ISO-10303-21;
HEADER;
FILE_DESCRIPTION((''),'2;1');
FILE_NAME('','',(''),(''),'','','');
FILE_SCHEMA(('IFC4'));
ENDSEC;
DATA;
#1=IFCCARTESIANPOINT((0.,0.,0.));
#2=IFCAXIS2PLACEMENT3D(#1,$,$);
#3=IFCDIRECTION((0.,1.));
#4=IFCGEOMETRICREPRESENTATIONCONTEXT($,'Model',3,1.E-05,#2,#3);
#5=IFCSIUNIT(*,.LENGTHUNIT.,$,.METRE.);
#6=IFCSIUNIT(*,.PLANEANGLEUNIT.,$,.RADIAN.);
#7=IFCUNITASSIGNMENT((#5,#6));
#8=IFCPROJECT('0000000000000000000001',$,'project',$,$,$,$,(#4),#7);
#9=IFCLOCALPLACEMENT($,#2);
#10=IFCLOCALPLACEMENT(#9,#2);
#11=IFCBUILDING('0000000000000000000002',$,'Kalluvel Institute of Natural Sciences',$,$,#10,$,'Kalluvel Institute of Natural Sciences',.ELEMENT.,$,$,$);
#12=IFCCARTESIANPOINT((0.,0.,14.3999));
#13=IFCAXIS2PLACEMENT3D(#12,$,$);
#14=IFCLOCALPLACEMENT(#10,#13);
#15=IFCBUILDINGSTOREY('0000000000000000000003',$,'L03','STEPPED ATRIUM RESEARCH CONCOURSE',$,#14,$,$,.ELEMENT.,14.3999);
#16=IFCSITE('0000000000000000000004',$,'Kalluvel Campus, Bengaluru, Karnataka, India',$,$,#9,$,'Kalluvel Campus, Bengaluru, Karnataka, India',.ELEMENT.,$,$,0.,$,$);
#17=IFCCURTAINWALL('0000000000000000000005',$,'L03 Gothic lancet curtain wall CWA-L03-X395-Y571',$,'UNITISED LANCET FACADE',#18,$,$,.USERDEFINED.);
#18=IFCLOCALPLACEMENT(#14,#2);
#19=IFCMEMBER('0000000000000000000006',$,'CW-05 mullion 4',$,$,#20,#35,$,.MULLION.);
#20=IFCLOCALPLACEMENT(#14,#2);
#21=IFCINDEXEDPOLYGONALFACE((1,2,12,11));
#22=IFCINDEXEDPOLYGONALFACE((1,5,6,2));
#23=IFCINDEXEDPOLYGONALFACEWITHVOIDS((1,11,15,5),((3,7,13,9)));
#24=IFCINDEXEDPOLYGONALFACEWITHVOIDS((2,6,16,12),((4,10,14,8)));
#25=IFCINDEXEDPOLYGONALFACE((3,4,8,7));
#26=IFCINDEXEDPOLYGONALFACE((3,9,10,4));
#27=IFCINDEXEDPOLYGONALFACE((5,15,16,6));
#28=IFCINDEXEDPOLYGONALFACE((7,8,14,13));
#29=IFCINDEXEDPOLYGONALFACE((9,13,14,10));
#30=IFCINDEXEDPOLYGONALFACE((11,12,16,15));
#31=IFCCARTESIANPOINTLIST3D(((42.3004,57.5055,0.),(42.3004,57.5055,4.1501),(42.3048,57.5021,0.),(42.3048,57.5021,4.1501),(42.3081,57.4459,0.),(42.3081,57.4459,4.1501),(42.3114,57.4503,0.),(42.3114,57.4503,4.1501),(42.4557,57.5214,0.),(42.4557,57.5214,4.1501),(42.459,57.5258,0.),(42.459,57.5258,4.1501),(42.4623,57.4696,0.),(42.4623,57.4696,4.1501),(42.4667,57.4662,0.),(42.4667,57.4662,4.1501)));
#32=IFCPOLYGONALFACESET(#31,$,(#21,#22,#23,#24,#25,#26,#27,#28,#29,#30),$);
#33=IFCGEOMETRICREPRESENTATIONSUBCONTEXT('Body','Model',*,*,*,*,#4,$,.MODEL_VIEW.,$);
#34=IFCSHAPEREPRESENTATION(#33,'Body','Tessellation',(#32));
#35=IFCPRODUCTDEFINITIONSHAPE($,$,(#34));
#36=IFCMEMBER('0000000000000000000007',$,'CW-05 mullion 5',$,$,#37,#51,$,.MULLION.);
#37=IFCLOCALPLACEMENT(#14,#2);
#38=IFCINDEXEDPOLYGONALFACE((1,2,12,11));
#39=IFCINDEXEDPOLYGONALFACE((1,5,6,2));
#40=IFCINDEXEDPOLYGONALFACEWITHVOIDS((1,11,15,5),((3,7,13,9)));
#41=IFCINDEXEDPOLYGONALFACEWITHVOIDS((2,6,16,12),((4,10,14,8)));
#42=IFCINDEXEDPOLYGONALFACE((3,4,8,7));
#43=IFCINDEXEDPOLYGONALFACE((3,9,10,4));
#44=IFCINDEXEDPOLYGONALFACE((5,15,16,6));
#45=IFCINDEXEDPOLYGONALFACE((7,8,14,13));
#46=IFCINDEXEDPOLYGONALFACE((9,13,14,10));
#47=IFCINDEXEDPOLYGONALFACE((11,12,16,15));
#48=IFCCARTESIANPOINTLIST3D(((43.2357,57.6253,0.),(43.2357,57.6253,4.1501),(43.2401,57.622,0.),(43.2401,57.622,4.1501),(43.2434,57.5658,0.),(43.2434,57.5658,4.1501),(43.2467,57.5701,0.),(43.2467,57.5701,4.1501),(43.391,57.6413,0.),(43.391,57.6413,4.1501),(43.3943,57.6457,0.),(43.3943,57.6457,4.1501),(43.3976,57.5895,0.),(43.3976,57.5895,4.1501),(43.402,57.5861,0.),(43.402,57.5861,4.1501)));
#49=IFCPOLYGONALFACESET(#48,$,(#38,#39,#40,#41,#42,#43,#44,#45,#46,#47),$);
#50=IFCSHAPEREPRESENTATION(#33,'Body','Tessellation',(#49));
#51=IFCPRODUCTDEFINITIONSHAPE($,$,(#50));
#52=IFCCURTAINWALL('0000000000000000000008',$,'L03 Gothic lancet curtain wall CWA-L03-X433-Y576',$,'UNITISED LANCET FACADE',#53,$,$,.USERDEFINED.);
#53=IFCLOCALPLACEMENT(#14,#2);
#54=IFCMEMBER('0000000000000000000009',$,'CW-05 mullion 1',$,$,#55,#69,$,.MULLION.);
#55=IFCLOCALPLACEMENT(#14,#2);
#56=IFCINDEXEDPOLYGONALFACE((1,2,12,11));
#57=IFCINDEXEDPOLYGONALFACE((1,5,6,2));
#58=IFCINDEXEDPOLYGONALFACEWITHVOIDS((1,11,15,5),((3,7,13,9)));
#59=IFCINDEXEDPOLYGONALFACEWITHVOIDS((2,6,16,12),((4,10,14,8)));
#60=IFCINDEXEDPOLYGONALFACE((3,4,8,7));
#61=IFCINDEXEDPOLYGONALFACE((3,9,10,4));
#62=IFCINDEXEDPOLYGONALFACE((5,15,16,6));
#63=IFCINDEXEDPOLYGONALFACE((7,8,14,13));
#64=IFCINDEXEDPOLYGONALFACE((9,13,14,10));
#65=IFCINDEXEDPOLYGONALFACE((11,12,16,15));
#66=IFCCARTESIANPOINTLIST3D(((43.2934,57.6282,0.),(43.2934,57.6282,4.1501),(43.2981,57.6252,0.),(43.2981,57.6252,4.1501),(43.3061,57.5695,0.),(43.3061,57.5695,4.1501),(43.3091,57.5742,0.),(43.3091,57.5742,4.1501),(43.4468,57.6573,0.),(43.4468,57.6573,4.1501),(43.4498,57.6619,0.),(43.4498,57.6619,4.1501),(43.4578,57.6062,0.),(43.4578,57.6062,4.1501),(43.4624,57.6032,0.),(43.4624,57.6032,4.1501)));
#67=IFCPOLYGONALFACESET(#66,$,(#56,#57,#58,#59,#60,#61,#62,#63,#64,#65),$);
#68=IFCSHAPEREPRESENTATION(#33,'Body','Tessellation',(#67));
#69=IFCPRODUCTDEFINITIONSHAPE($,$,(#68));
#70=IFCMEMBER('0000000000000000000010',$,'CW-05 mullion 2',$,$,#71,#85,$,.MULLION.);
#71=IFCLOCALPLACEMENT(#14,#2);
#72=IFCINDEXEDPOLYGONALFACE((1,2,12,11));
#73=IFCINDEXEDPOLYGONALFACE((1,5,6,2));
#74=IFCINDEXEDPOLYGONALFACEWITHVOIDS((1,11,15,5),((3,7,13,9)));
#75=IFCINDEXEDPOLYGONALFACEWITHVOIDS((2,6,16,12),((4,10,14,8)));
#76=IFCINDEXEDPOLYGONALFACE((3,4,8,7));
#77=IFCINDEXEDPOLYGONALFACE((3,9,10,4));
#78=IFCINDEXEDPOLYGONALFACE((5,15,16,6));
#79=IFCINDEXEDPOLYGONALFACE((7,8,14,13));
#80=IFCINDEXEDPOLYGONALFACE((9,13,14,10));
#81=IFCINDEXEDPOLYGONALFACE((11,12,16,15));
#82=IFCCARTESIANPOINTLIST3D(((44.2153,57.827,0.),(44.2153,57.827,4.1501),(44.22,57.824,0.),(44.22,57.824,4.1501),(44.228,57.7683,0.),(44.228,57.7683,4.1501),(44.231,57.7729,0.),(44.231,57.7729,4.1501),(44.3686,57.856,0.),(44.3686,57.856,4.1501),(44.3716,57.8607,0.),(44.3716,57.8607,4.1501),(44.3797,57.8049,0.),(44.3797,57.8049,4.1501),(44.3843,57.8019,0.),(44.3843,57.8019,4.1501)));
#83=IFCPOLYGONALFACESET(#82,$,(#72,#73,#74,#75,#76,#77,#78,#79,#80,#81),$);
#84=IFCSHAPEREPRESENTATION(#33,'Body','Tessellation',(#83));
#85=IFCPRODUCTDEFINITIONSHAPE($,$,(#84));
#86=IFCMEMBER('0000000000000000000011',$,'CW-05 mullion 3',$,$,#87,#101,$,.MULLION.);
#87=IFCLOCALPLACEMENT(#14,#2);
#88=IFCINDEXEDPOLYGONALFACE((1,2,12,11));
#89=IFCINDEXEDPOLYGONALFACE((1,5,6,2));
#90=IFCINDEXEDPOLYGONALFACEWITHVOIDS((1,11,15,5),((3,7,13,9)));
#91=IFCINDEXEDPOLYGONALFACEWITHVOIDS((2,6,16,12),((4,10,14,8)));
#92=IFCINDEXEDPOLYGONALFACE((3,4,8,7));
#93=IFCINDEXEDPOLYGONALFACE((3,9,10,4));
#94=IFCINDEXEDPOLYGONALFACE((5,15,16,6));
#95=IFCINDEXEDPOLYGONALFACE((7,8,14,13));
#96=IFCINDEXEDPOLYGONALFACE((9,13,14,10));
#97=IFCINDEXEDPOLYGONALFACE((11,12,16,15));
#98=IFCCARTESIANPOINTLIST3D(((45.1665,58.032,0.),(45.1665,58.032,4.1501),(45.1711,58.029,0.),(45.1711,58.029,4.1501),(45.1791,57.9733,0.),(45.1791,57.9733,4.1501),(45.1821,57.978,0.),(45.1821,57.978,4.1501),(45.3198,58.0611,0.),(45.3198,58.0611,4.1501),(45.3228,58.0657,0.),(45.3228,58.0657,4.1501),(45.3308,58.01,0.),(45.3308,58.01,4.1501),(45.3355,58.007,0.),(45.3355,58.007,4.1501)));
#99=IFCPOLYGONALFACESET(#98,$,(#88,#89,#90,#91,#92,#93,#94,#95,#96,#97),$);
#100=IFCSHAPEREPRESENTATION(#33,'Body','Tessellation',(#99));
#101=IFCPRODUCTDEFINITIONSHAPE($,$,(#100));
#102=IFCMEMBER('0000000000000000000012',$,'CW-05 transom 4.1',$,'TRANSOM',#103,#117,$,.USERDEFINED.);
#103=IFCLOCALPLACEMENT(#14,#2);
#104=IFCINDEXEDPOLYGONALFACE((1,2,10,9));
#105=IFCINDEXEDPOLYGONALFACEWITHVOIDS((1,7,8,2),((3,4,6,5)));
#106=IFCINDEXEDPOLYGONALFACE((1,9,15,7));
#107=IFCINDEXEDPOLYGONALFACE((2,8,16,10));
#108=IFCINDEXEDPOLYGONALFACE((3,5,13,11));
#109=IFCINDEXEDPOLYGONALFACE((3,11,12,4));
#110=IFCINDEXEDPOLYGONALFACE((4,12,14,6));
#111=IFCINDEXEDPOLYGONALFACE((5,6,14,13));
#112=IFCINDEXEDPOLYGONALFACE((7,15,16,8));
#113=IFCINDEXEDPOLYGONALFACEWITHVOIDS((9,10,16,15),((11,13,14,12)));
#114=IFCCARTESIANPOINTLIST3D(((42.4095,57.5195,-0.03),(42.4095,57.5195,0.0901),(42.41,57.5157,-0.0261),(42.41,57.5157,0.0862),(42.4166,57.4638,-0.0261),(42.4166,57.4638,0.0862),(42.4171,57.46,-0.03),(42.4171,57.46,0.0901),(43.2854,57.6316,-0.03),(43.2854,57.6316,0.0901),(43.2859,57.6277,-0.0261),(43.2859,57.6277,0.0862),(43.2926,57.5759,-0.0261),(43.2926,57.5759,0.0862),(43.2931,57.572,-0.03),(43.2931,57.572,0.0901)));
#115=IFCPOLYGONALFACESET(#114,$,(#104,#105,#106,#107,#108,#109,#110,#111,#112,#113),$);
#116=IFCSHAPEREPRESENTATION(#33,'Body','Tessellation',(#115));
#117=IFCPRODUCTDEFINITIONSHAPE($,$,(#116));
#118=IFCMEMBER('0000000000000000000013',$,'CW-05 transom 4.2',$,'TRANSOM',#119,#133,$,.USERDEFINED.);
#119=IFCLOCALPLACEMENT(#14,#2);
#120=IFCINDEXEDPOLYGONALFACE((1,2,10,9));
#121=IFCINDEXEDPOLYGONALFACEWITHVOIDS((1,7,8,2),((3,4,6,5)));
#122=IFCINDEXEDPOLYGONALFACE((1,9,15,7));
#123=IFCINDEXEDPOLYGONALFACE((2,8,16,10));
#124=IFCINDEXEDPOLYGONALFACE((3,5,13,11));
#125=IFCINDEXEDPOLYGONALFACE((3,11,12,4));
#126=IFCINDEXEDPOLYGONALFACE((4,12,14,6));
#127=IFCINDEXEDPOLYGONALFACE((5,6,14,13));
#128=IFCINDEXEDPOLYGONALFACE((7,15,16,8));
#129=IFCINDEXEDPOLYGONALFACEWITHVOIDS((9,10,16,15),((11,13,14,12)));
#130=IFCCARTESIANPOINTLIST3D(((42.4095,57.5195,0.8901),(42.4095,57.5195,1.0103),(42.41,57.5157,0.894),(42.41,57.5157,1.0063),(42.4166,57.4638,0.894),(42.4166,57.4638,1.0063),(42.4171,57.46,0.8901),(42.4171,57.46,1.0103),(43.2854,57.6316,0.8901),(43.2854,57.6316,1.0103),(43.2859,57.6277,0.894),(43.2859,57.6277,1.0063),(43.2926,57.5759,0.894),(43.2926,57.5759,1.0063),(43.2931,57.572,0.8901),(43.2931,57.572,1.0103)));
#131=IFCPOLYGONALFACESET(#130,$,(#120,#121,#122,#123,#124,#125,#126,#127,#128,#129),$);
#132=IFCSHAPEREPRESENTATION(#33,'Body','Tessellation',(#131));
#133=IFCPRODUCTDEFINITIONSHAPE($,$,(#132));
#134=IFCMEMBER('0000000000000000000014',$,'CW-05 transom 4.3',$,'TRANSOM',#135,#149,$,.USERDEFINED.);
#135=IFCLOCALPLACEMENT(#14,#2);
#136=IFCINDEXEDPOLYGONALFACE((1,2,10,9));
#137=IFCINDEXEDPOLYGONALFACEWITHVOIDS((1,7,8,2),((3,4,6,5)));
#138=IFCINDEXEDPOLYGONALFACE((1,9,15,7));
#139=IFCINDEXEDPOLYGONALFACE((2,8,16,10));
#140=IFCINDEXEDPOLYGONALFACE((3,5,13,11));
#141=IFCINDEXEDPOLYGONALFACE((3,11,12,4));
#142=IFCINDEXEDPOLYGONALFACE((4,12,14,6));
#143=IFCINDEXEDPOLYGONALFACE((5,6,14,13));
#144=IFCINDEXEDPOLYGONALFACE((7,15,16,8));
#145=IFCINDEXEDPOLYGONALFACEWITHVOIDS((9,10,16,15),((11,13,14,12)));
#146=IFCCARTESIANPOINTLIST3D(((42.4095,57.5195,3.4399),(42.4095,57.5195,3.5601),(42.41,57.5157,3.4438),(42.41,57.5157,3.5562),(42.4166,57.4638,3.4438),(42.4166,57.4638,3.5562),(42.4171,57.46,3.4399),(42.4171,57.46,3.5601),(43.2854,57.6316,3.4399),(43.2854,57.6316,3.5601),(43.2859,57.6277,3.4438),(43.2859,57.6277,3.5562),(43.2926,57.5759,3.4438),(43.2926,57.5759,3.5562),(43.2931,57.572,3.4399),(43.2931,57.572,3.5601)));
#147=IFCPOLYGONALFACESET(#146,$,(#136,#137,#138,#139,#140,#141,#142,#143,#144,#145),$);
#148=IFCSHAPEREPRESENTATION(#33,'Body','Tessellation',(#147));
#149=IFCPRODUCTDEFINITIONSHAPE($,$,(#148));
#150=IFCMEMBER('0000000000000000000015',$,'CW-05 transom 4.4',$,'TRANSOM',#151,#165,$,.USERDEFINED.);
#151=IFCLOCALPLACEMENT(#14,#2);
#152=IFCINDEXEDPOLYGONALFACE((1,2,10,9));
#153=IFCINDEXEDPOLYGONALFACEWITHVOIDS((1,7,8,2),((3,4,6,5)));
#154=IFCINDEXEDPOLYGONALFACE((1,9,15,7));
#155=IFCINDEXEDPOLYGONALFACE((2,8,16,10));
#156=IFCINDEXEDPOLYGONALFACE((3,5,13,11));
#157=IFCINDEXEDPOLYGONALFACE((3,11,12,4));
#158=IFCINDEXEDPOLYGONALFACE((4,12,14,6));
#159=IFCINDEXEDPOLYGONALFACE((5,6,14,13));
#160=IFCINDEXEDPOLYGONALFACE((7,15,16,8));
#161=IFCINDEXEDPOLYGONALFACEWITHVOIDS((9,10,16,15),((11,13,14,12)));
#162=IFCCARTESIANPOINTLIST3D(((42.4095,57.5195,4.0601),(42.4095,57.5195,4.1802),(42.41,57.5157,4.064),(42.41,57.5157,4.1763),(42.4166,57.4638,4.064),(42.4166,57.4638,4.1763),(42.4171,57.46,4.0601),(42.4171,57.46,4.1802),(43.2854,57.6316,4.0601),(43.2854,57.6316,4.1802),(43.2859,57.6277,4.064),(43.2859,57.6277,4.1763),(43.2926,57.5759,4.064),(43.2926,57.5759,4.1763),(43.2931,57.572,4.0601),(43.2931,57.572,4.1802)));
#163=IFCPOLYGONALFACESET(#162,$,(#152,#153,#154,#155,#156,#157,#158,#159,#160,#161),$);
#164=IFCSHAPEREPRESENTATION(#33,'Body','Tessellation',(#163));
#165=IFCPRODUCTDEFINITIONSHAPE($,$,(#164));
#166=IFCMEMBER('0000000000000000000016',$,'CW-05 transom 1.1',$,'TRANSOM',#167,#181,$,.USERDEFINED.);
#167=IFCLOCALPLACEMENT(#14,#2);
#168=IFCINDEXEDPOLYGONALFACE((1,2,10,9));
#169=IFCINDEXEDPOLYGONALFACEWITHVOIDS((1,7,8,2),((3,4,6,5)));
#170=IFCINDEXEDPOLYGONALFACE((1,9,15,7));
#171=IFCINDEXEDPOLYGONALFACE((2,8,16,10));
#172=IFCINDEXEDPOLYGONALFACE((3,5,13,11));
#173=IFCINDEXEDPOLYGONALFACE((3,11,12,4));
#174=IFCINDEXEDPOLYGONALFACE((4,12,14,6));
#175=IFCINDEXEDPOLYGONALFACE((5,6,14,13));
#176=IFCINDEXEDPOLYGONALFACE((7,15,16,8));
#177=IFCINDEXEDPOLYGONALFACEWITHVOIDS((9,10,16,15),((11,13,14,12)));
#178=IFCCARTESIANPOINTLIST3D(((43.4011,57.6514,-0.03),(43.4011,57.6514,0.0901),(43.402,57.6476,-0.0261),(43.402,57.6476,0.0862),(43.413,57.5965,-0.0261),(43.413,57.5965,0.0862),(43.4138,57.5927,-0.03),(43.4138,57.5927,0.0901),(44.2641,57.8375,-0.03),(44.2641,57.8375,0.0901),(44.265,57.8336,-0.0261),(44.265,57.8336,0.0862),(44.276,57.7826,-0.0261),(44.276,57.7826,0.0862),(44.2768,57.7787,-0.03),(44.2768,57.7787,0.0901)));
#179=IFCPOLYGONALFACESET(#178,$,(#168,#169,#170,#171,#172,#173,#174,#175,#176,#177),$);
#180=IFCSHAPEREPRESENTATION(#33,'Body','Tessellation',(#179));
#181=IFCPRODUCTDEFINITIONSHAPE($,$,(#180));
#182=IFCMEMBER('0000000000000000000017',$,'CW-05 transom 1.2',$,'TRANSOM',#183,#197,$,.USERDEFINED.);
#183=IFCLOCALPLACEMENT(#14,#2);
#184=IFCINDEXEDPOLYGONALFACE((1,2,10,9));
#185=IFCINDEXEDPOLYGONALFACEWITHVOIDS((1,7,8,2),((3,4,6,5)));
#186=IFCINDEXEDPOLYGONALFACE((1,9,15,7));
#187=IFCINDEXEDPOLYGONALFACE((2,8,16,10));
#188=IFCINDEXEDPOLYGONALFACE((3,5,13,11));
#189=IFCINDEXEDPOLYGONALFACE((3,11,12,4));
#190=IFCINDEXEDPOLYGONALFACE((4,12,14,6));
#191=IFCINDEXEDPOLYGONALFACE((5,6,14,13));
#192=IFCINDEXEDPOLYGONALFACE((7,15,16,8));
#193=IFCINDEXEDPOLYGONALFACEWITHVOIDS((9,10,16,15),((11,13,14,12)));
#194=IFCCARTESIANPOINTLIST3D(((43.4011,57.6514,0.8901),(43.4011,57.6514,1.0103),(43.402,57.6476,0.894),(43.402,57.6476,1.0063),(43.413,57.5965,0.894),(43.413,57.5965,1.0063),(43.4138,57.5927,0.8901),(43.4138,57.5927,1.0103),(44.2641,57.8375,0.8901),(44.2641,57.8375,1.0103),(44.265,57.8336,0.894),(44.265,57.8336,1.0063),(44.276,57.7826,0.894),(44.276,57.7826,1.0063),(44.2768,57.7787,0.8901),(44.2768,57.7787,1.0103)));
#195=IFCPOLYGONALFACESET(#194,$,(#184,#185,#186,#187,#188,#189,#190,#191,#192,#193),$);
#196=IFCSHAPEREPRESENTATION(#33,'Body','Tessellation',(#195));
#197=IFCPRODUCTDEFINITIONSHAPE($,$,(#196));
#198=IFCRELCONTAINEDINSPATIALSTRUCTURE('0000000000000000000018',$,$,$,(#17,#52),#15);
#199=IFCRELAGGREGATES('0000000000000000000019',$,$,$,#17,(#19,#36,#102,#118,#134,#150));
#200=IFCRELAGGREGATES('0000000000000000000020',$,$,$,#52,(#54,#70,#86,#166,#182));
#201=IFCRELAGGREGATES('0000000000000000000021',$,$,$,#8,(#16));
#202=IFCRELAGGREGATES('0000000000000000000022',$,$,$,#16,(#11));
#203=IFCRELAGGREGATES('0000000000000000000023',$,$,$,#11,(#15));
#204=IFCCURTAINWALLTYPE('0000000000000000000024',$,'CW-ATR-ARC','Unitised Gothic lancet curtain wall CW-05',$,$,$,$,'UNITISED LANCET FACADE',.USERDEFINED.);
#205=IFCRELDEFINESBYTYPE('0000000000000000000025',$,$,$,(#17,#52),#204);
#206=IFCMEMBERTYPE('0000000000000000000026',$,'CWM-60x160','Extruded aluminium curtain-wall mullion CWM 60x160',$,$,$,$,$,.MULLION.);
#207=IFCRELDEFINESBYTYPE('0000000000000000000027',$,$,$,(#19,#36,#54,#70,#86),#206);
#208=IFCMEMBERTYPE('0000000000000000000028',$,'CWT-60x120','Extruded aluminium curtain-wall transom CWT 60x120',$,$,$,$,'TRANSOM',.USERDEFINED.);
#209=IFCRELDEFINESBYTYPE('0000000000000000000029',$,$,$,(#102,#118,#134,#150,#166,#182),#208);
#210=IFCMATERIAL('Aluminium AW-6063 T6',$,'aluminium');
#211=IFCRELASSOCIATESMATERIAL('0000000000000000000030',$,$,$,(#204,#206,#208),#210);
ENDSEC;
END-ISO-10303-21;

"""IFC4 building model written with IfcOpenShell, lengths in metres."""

from ifc_helpers import new_model, si_unit, direction, frame, origin, origin_2d, place, context, subcontext, project, spatial, hollow_rectangle, extrude, material, material_profile, profile_set, type_object, element, aggregate, save


model = new_model("IFC4")

# Units and contexts
model_context = context("Model", 3, precision=1e-05, world=origin(), true_north=direction((0.0, 1.0)))
body_context = subcontext(model_context, "Body", "Model", "MODEL_VIEW")
ifc_project = project(units=[si_unit("LENGTHUNIT", "METRE"), si_unit("PLANEANGLEUNIT", "RADIAN")], contexts=[model_context])

# Site, building, storey
site_placement = place(None, origin())
site = spatial("IfcSite", under=ifc_project, at=site_placement, Name="Kalluvel Campus, Bengaluru, Karnataka, India", LongName="Kalluvel Campus, Bengaluru, Karnataka, India", CompositionType="ELEMENT", RefElevation=0.0)
building_placement = place(site_placement, origin())
building = spatial("IfcBuilding", under=site, at=building_placement, Name="Kalluvel Institute of Natural Sciences", LongName="Kalluvel Institute of Natural Sciences", CompositionType="ELEMENT")
storey_placement = place(building_placement, frame((0.0, 0.0, 14.3999)))
storey = spatial("IfcBuildingStorey", under=building, at=storey_placement, Name="L03", Description="STEPPED ATRIUM RESEARCH CONCOURSE", CompositionType="ELEMENT", Elevation=14.3999)

# Curtain walls, members
ifc_material_1 = material(Name="Aluminium AW-6063 T6", Category="aluminium")
curtain_wall_type = type_object("IfcCurtainWallType", Name="CW-ATR-ARC", Description="Unitised Gothic lancet curtain wall CW-05", ElementType="UNITISED LANCET FACADE", PredefinedType="USERDEFINED", material=ifc_material_1)
curtain_wall_1_placement = place(storey_placement, origin())
curtain_wall_1 = element("IfcCurtainWall", 1, at=curtain_wall_1_placement, inside=storey, type_object=curtain_wall_type, Name="L03 Gothic lancet curtain wall CWA-L03-X395-Y571", ObjectType="UNITISED LANCET FACADE", PredefinedType="USERDEFINED")
ifc_material_profile_1 = material_profile(ifc_material_1, hollow_rectangle(XDim=0.0601, YDim=0.1599, WallThickness=0.0039, at=origin_2d()), Name="CWM 60x160")
ifc_profile_set_1 = profile_set([ifc_material_profile_1], Name="Aluminium AW-6063 T6")
member_type_1 = type_object("IfcMemberType", Name="CWM-60x160", Description="Extruded aluminium curtain-wall mullion CWM 60x160", PredefinedType="MULLION", material=ifc_profile_set_1)
member_1_placement = place(storey_placement, frame((42.3835, 57.4858, 0.0), z_axis=(0.0, 0.0, 1.0), x_axis=(-0.12701, 0.991901, 0.0)))
member_1 = element("IfcMember", 2, at=member_1_placement, type_object=member_type_1, Name="CW-05 mullion 4", PredefinedType="MULLION", context=body_context, shape_type="SweptSolid", body=[
    extrude(hollow_rectangle(XDim=0.0601, YDim=0.1599, WallThickness=0.0039, at=origin_2d()), origin(), (0.0, 0.0, 1.0), 4.1501),
])
member_2_placement = place(storey_placement, frame((43.3188, 57.6057, 0.0), z_axis=(0.0, 0.0, 1.0), x_axis=(-0.12701, 0.991901, 0.0)))
member_2 = element("IfcMember", 3, at=member_2_placement, type_object=member_type_1, Name="CW-05 mullion 5", PredefinedType="MULLION", context=body_context, shape_type="SweptSolid", body=[
    extrude(hollow_rectangle(XDim=0.0601, YDim=0.1599, WallThickness=0.0039, at=origin_2d()), origin(), (0.0, 0.0, 1.0), 4.1501),
])
curtain_wall_2_placement = place(storey_placement, origin())
curtain_wall_2 = element("IfcCurtainWall", 4, at=curtain_wall_2_placement, inside=storey, type_object=curtain_wall_type, Name="L03 Gothic lancet curtain wall CWA-L03-X433-Y576", ObjectType="UNITISED LANCET FACADE", PredefinedType="USERDEFINED")
member_3_placement = place(storey_placement, frame((43.3779, 57.6157, 0.0), z_axis=(0.0, 0.0, 1.0), x_axis=(-0.210671, 0.977557, 0.0)))
member_3 = element("IfcMember", 5, at=member_3_placement, type_object=member_type_1, Name="CW-05 mullion 1", PredefinedType="MULLION", context=body_context, shape_type="SweptSolid", body=[
    extrude(hollow_rectangle(XDim=0.0601, YDim=0.1599, WallThickness=0.0039, at=origin_2d()), origin(), (0.0, 0.0, 1.0), 4.1501),
])
member_4_placement = place(storey_placement, frame((44.2998, 57.8145, 0.0), z_axis=(0.0, 0.0, 1.0), x_axis=(-0.210671, 0.977557, 0.0)))
member_4 = element("IfcMember", 6, at=member_4_placement, type_object=member_type_1, Name="CW-05 mullion 2", PredefinedType="MULLION", context=body_context, shape_type="SweptSolid", body=[
    extrude(hollow_rectangle(XDim=0.0601, YDim=0.1599, WallThickness=0.0039, at=origin_2d()), origin(), (0.0, 0.0, 1.0), 4.1501),
])
member_5_placement = place(storey_placement, frame((45.251, 58.0195, 0.0), z_axis=(0.0, 0.0, 1.0), x_axis=(-0.210671, 0.977557, 0.0)))
member_5 = element("IfcMember", 7, at=member_5_placement, type_object=member_type_1, Name="CW-05 mullion 3", PredefinedType="MULLION", context=body_context, shape_type="SweptSolid", body=[
    extrude(hollow_rectangle(XDim=0.0601, YDim=0.1599, WallThickness=0.0039, at=origin_2d()), origin(), (0.0, 0.0, 1.0), 4.1501),
])

# Members
ifc_material_profile_2 = material_profile(ifc_material_1, hollow_rectangle(XDim=0.0601, YDim=0.1201, WallThickness=0.0039, at=origin_2d()), Name="CWT 60x120")
ifc_profile_set_2 = profile_set([ifc_material_profile_2], Name="Aluminium AW-6063 T6")
member_type_2 = type_object("IfcMemberType", Name="CWT-60x120", Description="Extruded aluminium curtain-wall transom CWT 60x120", ElementType="TRANSOM", PredefinedType="USERDEFINED", material=ifc_profile_set_2)
member_6_placement = place(storey_placement, frame((42.4133, 57.4897, 0.03), z_axis=(0.991916, 0.126892, 0.0), x_axis=(-0.126892, 0.991916, 0.0)))
member_6 = element("IfcMember", 8, at=member_6_placement, type_object=member_type_2, Name="CW-05 transom 4.1", ObjectType="TRANSOM", PredefinedType="USERDEFINED", context=body_context, shape_type="SweptSolid", body=[
    extrude(hollow_rectangle(XDim=0.0601, YDim=0.1201, WallThickness=0.0039, at=origin_2d()), origin(), (0.0, 0.0, 1.0), 0.8831),
])
member_7_placement = place(storey_placement, frame((42.4133, 57.4897, 0.9502), z_axis=(0.991916, 0.126892, 0.0), x_axis=(-0.126892, 0.991916, 0.0)))
member_7 = element("IfcMember", 9, at=member_7_placement, type_object=member_type_2, Name="CW-05 transom 4.2", ObjectType="TRANSOM", PredefinedType="USERDEFINED", context=body_context, shape_type="SweptSolid", body=[
    extrude(hollow_rectangle(XDim=0.0601, YDim=0.1201, WallThickness=0.0039, at=origin_2d()), origin(), (0.0, 0.0, 1.0), 0.8831),
])
member_8_placement = place(storey_placement, frame((42.4133, 57.4897, 3.5), z_axis=(0.991916, 0.126892, 0.0), x_axis=(-0.126892, 0.991916, 0.0)))
member_8 = element("IfcMember", 10, at=member_8_placement, type_object=member_type_2, Name="CW-05 transom 4.3", ObjectType="TRANSOM", PredefinedType="USERDEFINED", context=body_context, shape_type="SweptSolid", body=[
    extrude(hollow_rectangle(XDim=0.0601, YDim=0.1201, WallThickness=0.0039, at=origin_2d()), origin(), (0.0, 0.0, 1.0), 0.8831),
])
member_9_placement = place(storey_placement, frame((42.4133, 57.4897, 4.1201), z_axis=(0.991916, 0.126892, 0.0), x_axis=(-0.126892, 0.991916, 0.0)))
member_9 = element("IfcMember", 11, at=member_9_placement, type_object=member_type_2, Name="CW-05 transom 4.4", ObjectType="TRANSOM", PredefinedType="USERDEFINED", context=body_context, shape_type="SweptSolid", body=[
    extrude(hollow_rectangle(XDim=0.0601, YDim=0.1201, WallThickness=0.0039, at=origin_2d()), origin(), (0.0, 0.0, 1.0), 0.8831),
])
member_10_placement = place(storey_placement, frame((43.4075, 57.6221, 0.03), z_axis=(0.977547, 0.210719, 0.0), x_axis=(-0.210719, 0.977547, 0.0)))
member_10 = element("IfcMember", 12, at=member_10_placement, type_object=member_type_2, Name="CW-05 transom 1.1", ObjectType="TRANSOM", PredefinedType="USERDEFINED", context=body_context, shape_type="SweptSolid", body=[
    extrude(hollow_rectangle(XDim=0.0601, YDim=0.1201, WallThickness=0.0039, at=origin_2d()), origin(), (0.0, 0.0, 1.0), 0.8828),
])
member_11_placement = place(storey_placement, frame((43.4075, 57.6221, 0.9502), z_axis=(0.977547, 0.210719, 0.0), x_axis=(-0.210719, 0.977547, 0.0)))
member_11 = element("IfcMember", 13, at=member_11_placement, type_object=member_type_2, Name="CW-05 transom 1.2", ObjectType="TRANSOM", PredefinedType="USERDEFINED", context=body_context, shape_type="SweptSolid", body=[
    extrude(hollow_rectangle(XDim=0.0601, YDim=0.1201, WallThickness=0.0039, at=origin_2d()), origin(), (0.0, 0.0, 1.0), 0.8828),
])

aggregate(curtain_wall_1, [member_1, member_2, member_6, member_7, member_8, member_9])
aggregate(curtain_wall_2, [member_3, member_4, member_5, member_10, member_11])

save(model, "model.ifc")
